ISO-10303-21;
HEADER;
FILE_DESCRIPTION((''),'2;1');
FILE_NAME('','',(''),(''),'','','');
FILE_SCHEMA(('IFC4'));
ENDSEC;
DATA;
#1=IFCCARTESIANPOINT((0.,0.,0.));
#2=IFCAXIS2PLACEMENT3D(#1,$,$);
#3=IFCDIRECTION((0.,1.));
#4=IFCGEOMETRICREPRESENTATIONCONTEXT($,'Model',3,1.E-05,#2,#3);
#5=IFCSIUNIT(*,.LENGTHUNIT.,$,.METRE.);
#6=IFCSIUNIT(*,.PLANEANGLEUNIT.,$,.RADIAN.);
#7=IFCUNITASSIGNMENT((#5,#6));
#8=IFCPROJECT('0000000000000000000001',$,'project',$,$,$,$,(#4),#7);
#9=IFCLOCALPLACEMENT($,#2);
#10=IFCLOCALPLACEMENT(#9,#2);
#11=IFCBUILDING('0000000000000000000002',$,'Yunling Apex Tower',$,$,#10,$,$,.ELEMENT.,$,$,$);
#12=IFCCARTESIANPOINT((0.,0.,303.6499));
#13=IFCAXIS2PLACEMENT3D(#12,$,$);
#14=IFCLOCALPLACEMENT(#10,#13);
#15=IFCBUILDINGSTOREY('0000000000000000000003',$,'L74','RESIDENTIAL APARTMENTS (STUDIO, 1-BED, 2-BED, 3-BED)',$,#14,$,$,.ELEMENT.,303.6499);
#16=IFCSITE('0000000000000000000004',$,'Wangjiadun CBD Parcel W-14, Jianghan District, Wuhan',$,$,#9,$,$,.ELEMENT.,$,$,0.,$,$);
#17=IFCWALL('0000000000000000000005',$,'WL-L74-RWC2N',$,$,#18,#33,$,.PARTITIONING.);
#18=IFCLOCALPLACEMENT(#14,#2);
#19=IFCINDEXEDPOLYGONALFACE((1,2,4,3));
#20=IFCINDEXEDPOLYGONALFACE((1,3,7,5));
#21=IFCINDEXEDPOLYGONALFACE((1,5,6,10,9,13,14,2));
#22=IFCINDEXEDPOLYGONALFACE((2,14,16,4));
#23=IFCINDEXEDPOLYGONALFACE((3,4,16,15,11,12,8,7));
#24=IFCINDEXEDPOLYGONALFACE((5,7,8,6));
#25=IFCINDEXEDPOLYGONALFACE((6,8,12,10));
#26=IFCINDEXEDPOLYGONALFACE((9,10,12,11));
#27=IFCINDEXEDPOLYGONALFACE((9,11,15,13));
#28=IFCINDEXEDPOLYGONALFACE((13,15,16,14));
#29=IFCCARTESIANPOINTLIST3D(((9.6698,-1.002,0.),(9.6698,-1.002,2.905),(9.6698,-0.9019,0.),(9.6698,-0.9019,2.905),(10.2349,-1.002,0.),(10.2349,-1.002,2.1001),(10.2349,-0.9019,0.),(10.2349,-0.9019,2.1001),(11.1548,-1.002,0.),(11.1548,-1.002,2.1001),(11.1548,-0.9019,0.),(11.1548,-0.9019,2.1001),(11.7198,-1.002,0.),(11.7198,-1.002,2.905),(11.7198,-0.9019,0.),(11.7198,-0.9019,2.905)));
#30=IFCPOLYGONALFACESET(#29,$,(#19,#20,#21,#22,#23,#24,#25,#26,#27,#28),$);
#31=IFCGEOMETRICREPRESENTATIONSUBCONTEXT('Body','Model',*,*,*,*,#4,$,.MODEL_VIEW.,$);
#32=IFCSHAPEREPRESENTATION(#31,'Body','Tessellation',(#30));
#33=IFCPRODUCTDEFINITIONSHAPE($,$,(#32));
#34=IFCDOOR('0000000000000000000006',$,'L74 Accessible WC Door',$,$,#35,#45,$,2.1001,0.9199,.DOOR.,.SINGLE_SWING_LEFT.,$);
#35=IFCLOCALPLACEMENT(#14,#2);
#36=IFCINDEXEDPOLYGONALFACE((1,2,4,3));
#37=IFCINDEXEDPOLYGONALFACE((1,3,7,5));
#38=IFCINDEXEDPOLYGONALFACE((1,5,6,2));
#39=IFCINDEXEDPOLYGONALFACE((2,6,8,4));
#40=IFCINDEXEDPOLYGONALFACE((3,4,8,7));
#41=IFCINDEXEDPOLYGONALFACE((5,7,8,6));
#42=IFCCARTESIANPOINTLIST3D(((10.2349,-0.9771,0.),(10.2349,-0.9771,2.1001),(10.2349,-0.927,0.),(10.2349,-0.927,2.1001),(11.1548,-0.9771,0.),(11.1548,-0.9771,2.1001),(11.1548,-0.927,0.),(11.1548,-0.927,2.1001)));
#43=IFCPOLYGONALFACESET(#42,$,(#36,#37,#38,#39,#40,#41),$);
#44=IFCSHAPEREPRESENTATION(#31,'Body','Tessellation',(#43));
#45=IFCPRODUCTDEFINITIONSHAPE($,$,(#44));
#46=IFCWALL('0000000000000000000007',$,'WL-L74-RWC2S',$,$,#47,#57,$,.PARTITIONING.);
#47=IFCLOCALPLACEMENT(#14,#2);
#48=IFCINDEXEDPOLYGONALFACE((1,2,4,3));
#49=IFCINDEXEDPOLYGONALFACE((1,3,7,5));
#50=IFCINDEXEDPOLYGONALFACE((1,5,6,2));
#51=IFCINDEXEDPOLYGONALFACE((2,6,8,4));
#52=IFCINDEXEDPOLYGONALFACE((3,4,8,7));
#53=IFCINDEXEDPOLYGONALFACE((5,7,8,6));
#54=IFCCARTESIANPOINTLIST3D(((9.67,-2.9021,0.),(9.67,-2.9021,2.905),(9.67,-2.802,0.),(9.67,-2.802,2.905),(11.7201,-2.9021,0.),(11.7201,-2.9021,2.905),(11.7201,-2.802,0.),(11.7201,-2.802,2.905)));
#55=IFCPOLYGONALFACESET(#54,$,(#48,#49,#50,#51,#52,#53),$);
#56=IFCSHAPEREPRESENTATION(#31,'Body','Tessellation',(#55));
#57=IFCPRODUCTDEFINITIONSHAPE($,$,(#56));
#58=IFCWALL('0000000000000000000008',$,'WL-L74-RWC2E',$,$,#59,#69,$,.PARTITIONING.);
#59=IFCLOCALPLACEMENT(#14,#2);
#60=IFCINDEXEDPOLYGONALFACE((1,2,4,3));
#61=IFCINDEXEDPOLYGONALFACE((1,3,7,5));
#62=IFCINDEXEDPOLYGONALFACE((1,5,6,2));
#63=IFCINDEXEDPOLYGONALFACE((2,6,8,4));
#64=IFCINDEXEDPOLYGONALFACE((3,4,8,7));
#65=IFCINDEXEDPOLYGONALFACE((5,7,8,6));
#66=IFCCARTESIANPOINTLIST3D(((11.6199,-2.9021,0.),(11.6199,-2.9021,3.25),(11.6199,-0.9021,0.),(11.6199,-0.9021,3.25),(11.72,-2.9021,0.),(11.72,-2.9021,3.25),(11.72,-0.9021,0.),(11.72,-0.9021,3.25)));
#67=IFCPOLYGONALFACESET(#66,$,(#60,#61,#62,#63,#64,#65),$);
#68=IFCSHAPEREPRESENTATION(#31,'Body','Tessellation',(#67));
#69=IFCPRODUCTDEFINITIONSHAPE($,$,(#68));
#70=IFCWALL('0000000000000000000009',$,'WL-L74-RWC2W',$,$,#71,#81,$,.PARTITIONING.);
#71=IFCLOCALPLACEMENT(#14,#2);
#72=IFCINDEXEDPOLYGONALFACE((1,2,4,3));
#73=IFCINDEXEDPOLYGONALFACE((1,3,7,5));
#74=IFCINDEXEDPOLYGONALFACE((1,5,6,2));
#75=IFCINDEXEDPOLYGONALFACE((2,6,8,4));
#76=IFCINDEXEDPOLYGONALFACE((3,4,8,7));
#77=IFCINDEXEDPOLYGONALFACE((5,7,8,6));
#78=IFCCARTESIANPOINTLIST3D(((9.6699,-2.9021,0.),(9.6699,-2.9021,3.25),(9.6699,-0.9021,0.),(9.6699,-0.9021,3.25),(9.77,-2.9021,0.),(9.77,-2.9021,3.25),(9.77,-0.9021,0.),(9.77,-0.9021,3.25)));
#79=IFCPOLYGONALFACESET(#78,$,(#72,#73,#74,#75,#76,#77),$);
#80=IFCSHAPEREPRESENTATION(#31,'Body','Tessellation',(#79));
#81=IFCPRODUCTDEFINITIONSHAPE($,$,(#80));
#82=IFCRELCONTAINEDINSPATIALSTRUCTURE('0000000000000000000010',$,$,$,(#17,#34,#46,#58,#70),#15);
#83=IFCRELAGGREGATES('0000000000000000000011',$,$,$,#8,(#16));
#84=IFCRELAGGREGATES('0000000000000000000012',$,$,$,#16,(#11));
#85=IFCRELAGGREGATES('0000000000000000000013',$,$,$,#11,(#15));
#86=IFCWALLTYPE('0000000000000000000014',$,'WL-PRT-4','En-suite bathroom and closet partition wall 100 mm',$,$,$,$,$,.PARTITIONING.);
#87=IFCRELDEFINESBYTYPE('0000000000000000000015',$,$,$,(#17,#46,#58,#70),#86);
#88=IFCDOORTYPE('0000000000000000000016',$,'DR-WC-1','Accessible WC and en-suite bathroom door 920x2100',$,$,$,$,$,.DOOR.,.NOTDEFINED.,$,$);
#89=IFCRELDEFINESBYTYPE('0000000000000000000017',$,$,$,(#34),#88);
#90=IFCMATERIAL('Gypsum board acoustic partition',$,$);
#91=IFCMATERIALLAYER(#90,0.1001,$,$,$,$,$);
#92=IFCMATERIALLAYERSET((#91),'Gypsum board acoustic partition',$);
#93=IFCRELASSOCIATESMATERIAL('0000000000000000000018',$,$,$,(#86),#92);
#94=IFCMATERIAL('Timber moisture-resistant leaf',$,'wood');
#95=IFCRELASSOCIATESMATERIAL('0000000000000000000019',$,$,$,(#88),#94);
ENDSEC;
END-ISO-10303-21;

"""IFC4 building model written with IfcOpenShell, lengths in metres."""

from ifc_helpers import new_model, si_unit, direction, frame, frame_2d, origin, place, context, subcontext, project, spatial, rectangle, extrude, material, layer, layer_set, type_object, element, fill, save


model = new_model("IFC4")

# Units and contexts
model_context = context("Model", 3, precision=1e-05, world=origin(), true_north=direction((0.0, 1.0)))
body_context = subcontext(model_context, "Body", "Model", "MODEL_VIEW")
ifc_project = project(units=[si_unit("LENGTHUNIT", "METRE"), si_unit("PLANEANGLEUNIT", "RADIAN")], contexts=[model_context])

# Site, building, storey
site_placement = place(None, origin())
site = spatial("IfcSite", under=ifc_project, at=site_placement, Name="Wangjiadun CBD Parcel W-14, Jianghan District, Wuhan", CompositionType="ELEMENT", RefElevation=0.0)
building_placement = place(site_placement, origin())
building = spatial("IfcBuilding", under=site, at=building_placement, Name="Yunling Apex Tower", CompositionType="ELEMENT")
storey_placement = place(building_placement, frame((0.0, 0.0, 303.6499)))
storey = spatial("IfcBuildingStorey", under=building, at=storey_placement, Name="L74", Description="RESIDENTIAL APARTMENTS (STUDIO, 1-BED, 2-BED, 3-BED)", CompositionType="ELEMENT", Elevation=303.6499)

# Wall, opening, door
ifc_material_1 = material(Name="Gypsum board acoustic partition")
ifc_layer_1 = layer(ifc_material_1, 0.1001)
ifc_layer_set_1 = layer_set([ifc_layer_1], Name="Gypsum board acoustic partition")
wall_type_1 = type_object("IfcWallType", Name="WL-PRT-4", Description="En-suite bathroom and closet partition wall 100 mm", PredefinedType="PARTITIONING", material=ifc_layer_set_1)
wall_1_placement = place(storey_placement, frame((9.6699, -0.9519, 0.0), z_axis=(0.0, 0.0, 1.0), x_axis=(1.0, 0.0, 0.0)))
wall_1 = element("IfcWall", 1, at=wall_1_placement, inside=storey, type_object=wall_type_1, Name="WL-L74-RWC2N", PredefinedType="PARTITIONING", context=body_context, shape_type="SweptSolid", body=[
    extrude(rectangle(XDim=2.05, YDim=0.1001, at=frame_2d((1.0249, 0.0))), origin(), (0.0, 0.0, 1.0), 2.905),
])
opening_placement = place(wall_1_placement, frame((0.5649, 0.0, 0.0)))
opening = element("IfcOpeningElement", 2, at=opening_placement, cuts=wall_1, PredefinedType="OPENING", context=body_context, shape_type="SweptSolid", body=[
    extrude(rectangle(XDim=0.9199, YDim=2.1001, at=frame_2d((0.46, 1.05))), frame((0.0, 0.0601, 0.0), z_axis=(0.0, -1.0, 0.0), x_axis=(1.0, 0.0, 0.0)), (0.0, 0.0, 1.0), 0.1201),
])
ifc_material_2 = material(Name="Timber moisture-resistant leaf", Category="wood")
door_type = type_object("IfcDoorType", Name="DR-WC-1", Description="Accessible WC and en-suite bathroom door 920x2100", OperationType="NOTDEFINED", PredefinedType="DOOR", material=ifc_material_2)
door_placement = place(opening_placement, origin())
door = element("IfcDoor", 3, at=door_placement, inside=storey, type_object=door_type, Name="L74 Accessible WC Door", OperationType="SINGLE_SWING_LEFT", OverallHeight=2.1001, OverallWidth=0.9199, PredefinedType="DOOR", context=body_context, shape_type="SweptSolid", body=[
    extrude(rectangle(XDim=0.9199, YDim=2.1001, at=frame_2d((0.46, 1.05))), frame((0.0, 0.0249, 0.0), z_axis=(0.0, -1.0, 0.0), x_axis=(1.0, 0.0, 0.0)), (0.0, 0.0, 1.0), 0.05),
])
fill(opening, door)

# Walls
wall_2_placement = place(storey_placement, frame((11.72, -2.8521, 0.0), z_axis=(0.0, 0.0, 1.0), x_axis=(-1.0, 0.0, 0.0)))
element("IfcWall", 4, at=wall_2_placement, inside=storey, type_object=wall_type_1, Name="WL-L74-RWC2S", PredefinedType="PARTITIONING", context=body_context, shape_type="SweptSolid", body=[
    extrude(rectangle(XDim=2.05, YDim=0.1001, at=frame_2d((1.0249, 0.0))), origin(), (0.0, 0.0, 1.0), 2.905),
])
for number, where, z_axis, x_axis, name in (
    (5, (11.6699, -0.9021, 0.0), (0.0, 0.0, 1.0), (0.0, -1.0, 0.0), "WL-L74-RWC2E"),
    (6, (9.72, -2.9021, 0.0), (0.0, 0.0, 1.0), (0.0, 1.0, 0.0), "WL-L74-RWC2W"),
):
    element("IfcWall", number, at=place(storey_placement, frame(where, z_axis=z_axis, x_axis=x_axis)), inside=storey, type_object=wall_type_1, Name=name, PredefinedType="PARTITIONING", context=body_context, shape_type="SweptSolid", body=[
        extrude(rectangle(XDim=2.0, YDim=0.1001, at=frame_2d((1.0, 0.0))), origin(), (0.0, 0.0, 1.0), 3.25),
    ])

save(model, "model.ifc")
